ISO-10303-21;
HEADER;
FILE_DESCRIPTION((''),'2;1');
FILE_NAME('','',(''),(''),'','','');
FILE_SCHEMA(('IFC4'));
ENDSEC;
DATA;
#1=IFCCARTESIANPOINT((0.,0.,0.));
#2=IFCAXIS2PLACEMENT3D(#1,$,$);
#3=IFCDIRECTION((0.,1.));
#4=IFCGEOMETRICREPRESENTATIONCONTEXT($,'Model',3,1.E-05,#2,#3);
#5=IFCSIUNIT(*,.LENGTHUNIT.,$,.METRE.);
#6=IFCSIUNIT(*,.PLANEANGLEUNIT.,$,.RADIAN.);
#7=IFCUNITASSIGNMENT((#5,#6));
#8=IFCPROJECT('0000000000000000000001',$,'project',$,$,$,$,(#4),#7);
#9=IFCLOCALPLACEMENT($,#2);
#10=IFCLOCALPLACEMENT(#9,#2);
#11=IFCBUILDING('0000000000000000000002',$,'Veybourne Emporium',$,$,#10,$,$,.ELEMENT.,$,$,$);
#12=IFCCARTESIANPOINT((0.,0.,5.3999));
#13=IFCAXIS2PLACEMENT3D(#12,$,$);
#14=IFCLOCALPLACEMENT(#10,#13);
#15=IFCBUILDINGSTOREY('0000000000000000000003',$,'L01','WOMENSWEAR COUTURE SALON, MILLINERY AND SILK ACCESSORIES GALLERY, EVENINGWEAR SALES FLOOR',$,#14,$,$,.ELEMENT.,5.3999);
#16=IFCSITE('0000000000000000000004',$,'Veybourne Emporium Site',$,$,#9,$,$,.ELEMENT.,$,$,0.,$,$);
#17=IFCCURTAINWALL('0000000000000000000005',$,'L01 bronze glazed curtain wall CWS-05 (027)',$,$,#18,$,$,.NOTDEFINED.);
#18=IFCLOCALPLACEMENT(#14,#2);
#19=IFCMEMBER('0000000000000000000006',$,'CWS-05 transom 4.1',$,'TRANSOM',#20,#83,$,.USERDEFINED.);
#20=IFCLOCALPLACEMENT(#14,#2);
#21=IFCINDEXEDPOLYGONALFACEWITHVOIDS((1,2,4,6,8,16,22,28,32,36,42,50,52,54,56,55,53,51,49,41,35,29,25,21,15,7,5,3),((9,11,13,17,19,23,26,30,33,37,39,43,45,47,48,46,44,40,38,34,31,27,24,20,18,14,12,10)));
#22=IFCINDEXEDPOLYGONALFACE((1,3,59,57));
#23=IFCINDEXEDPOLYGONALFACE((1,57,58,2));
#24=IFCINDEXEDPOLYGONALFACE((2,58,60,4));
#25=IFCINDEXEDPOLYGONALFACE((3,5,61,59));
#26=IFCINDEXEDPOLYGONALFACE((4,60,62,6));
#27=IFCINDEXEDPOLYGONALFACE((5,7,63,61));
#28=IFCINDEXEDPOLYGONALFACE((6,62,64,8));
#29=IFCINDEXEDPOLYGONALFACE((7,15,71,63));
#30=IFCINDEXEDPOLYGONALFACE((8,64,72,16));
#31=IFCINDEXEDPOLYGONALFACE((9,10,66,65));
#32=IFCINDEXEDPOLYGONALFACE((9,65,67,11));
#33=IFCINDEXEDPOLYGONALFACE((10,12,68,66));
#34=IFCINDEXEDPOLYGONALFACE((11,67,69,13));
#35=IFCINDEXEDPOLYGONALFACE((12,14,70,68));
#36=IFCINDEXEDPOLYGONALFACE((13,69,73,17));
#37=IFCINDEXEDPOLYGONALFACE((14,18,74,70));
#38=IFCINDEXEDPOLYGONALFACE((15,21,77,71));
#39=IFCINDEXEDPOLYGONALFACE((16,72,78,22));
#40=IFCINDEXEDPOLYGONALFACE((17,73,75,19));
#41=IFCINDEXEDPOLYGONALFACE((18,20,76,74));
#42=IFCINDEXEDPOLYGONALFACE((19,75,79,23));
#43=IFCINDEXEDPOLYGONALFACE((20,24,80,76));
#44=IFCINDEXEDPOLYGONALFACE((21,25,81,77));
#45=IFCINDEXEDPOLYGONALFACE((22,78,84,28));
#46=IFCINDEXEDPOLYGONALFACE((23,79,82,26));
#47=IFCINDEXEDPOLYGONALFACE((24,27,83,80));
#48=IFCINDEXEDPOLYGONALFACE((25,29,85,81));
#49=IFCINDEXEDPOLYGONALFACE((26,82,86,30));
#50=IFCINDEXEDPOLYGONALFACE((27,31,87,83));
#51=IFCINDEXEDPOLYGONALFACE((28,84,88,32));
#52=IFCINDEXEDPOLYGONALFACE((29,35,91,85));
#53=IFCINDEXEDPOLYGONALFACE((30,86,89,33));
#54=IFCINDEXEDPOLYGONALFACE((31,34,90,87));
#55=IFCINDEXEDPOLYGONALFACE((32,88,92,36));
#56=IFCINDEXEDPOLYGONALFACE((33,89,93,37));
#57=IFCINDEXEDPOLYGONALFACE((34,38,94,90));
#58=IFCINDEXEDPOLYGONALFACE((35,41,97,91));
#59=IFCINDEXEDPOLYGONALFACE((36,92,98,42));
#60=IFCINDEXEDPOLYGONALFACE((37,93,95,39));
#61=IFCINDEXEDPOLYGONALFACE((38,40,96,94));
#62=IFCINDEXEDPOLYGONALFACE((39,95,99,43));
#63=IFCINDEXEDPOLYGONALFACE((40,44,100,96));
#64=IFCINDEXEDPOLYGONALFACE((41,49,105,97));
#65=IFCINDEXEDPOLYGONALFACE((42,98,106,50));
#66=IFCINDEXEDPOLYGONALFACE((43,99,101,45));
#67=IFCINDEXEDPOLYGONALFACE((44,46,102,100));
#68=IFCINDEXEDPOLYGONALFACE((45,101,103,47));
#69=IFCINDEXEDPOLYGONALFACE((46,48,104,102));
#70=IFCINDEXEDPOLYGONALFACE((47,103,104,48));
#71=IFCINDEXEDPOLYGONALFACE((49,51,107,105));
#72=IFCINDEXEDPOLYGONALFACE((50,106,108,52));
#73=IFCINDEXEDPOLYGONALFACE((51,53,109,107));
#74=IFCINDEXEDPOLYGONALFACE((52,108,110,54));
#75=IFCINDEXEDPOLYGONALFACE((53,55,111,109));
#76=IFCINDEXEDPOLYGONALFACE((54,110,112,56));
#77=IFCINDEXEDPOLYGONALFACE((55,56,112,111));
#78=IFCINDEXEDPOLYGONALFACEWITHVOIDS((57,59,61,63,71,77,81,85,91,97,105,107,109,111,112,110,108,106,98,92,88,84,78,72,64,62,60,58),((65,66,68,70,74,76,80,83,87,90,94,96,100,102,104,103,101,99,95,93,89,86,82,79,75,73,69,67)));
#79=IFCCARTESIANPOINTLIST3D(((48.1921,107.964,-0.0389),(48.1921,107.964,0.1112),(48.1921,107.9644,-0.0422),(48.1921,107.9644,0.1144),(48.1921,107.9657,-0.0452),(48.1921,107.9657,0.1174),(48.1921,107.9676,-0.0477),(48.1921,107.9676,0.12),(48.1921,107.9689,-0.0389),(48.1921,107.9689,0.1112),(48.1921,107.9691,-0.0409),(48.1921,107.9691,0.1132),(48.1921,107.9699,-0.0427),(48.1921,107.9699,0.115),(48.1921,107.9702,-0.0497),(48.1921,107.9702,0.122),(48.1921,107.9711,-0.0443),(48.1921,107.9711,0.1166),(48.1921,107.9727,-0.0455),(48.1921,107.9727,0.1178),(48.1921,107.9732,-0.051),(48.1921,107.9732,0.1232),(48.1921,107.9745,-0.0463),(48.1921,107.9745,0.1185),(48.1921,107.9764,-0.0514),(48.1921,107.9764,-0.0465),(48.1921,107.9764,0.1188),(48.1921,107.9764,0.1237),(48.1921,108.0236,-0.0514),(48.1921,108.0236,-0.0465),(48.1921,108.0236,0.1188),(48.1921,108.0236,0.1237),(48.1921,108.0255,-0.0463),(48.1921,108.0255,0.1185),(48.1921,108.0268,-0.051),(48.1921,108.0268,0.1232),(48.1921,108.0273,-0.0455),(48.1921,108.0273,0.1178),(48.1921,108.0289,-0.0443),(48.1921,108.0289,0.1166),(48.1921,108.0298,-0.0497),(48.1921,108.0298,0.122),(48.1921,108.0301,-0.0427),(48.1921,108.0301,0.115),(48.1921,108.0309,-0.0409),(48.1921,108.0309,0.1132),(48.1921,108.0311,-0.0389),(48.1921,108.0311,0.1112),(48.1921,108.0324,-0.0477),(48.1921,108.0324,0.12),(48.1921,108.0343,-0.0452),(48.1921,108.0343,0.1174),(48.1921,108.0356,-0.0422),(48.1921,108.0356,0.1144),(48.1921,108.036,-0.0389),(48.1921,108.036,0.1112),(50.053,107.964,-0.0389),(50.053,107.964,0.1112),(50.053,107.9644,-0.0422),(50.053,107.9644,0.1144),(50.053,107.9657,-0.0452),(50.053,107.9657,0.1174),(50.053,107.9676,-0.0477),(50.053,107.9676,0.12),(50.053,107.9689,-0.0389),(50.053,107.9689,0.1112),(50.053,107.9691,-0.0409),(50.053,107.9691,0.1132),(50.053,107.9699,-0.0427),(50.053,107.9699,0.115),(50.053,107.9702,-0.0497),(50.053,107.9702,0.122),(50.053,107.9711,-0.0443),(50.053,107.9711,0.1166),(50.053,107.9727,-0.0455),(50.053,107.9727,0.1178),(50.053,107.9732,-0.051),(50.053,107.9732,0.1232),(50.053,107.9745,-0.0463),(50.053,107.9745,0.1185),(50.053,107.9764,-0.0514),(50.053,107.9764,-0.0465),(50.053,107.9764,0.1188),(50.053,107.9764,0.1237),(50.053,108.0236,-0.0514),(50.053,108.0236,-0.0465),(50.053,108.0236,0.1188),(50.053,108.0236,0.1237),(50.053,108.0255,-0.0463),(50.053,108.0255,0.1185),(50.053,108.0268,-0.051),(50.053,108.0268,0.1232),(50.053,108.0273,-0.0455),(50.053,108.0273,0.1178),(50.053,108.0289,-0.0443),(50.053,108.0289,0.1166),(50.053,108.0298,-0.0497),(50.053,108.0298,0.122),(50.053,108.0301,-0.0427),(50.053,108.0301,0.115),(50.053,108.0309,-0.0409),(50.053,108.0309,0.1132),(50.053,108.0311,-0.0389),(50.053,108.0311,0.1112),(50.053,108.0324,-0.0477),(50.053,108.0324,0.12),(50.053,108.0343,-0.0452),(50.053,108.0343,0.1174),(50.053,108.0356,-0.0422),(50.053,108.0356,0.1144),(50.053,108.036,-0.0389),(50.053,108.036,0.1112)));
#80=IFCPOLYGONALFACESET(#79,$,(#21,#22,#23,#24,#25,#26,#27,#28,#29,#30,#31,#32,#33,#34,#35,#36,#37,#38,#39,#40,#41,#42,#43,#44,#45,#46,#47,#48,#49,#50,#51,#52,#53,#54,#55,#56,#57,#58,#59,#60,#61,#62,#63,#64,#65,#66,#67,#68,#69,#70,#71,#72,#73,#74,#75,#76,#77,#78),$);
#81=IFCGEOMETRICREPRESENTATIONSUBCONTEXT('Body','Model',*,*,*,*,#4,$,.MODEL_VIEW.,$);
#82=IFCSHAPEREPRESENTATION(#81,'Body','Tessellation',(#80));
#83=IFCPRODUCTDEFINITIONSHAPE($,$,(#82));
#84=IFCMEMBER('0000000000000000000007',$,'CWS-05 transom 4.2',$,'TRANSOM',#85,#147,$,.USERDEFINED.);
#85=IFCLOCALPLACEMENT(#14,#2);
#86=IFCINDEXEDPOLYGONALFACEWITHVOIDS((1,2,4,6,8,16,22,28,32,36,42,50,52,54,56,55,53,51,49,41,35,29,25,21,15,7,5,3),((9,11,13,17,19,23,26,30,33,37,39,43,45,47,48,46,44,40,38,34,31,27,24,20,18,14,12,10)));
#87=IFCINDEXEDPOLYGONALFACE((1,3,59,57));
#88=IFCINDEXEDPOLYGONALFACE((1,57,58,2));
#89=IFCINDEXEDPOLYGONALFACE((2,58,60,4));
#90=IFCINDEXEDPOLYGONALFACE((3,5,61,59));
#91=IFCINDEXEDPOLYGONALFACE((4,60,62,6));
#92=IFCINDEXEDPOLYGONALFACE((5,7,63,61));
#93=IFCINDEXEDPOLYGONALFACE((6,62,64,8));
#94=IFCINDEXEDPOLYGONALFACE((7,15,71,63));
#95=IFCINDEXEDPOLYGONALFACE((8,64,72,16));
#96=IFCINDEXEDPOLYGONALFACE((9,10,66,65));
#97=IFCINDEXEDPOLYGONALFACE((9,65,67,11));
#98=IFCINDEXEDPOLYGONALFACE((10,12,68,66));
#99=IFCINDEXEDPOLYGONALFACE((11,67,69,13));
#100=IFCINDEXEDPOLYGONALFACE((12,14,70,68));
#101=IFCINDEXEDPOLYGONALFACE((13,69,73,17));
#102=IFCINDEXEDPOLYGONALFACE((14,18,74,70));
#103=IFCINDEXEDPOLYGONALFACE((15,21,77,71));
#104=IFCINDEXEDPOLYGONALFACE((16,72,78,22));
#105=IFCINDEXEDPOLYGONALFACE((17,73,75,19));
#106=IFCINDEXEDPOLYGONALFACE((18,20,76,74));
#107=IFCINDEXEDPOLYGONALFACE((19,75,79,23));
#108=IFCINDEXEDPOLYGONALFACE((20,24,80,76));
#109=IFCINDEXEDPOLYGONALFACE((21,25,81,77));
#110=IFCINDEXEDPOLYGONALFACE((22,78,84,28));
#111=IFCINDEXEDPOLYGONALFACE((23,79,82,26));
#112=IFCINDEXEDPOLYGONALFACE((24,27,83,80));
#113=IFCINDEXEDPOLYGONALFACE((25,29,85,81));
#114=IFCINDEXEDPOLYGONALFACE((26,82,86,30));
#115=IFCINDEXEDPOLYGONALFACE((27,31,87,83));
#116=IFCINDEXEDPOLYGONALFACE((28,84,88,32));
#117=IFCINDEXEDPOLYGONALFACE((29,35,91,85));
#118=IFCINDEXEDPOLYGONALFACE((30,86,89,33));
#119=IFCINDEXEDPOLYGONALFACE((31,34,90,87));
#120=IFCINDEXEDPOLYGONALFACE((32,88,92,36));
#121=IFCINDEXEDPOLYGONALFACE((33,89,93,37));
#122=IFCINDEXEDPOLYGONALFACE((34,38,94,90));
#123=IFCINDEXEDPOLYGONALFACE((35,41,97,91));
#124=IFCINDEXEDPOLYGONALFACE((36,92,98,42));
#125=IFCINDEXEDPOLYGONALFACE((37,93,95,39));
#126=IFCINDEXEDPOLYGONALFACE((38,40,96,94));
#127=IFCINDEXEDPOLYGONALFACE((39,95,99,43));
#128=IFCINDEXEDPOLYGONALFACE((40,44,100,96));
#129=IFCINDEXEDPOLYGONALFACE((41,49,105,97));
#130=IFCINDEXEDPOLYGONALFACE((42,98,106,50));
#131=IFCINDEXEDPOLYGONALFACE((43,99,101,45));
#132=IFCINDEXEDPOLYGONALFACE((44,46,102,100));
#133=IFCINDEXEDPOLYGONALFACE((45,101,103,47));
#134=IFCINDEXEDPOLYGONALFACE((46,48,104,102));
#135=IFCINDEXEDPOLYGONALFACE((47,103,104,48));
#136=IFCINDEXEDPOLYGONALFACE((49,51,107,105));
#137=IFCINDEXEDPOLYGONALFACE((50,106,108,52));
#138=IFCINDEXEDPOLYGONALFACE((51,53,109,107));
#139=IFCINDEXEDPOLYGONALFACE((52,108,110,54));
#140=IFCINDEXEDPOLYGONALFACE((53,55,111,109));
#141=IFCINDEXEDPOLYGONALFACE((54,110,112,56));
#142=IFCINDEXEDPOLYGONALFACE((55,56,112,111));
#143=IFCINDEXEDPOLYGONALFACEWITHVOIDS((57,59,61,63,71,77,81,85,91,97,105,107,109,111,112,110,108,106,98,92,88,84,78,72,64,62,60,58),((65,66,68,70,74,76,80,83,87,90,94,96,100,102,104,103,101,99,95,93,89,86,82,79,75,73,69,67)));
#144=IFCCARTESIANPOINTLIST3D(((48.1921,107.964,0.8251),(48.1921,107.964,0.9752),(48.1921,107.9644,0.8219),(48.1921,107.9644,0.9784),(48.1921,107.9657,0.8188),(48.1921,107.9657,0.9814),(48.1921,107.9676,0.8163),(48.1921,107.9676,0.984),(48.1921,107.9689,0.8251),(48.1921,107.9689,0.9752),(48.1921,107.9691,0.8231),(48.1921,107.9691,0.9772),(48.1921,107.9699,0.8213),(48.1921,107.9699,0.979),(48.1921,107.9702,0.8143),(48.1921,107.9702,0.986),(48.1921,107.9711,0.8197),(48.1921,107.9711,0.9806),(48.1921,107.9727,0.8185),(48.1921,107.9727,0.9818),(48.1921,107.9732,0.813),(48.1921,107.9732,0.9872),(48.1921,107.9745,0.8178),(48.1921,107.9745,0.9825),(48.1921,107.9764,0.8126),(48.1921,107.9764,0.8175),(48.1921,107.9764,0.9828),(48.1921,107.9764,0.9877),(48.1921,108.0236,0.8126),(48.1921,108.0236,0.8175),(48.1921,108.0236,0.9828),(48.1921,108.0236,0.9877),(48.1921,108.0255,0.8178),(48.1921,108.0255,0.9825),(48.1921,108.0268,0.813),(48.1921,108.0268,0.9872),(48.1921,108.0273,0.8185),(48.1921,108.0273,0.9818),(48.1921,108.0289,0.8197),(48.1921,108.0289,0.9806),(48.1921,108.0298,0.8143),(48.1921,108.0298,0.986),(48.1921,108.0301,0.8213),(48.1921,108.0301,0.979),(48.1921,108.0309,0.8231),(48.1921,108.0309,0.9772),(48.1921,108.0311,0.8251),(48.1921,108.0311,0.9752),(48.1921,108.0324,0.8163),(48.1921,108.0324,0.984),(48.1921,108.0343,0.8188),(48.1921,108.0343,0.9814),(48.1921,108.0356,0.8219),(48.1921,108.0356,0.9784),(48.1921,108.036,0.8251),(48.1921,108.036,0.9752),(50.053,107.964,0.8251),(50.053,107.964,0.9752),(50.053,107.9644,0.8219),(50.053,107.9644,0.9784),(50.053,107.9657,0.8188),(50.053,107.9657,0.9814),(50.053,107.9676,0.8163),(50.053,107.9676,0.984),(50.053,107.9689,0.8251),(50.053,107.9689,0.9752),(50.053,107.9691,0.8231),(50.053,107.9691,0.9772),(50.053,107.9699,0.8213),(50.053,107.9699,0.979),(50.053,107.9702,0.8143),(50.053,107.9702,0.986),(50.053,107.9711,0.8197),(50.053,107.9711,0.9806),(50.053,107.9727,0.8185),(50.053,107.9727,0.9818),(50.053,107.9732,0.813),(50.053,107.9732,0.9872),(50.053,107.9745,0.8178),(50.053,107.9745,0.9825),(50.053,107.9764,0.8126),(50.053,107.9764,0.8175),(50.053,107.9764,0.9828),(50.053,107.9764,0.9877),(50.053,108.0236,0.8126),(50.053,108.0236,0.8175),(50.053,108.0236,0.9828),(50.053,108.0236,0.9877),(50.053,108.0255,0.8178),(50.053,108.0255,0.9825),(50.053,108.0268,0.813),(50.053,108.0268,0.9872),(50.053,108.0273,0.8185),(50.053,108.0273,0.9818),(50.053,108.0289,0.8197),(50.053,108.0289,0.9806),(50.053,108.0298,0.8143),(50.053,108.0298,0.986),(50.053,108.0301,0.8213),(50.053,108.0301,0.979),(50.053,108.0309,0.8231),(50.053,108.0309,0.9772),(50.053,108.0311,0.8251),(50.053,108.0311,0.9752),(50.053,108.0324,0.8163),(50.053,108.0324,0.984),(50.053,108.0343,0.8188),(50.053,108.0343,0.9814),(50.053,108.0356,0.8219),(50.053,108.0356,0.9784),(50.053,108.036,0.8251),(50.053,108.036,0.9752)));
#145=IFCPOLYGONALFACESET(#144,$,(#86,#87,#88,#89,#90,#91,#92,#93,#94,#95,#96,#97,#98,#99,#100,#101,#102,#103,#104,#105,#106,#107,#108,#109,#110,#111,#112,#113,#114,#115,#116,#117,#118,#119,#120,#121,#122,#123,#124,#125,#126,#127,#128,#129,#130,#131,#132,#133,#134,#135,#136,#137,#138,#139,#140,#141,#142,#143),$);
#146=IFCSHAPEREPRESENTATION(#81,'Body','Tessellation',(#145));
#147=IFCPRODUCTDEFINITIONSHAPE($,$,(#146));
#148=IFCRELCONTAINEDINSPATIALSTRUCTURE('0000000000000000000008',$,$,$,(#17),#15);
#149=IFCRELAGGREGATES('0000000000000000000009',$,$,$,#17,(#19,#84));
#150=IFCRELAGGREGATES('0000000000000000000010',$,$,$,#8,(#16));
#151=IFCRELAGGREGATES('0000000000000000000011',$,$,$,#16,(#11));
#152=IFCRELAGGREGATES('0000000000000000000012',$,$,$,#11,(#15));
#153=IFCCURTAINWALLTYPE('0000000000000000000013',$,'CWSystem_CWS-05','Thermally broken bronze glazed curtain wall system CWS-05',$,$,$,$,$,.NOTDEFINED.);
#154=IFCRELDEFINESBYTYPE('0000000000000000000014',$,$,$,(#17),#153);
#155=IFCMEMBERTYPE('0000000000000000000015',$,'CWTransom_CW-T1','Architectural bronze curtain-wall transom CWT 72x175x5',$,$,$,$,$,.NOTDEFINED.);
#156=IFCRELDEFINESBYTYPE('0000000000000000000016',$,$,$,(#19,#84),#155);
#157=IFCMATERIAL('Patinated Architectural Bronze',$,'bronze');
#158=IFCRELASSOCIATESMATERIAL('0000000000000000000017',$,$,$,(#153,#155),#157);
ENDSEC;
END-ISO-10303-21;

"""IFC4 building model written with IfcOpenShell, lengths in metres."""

from ifc_helpers import new_model, si_unit, direction, frame, origin, origin_2d, place, context, subcontext, project, spatial, hollow_rectangle, extrude, material, material_profile, profile_set, type_object, element, aggregate, save


model = new_model("IFC4")

# Units and contexts
model_context = context("Model", 3, precision=1e-05, world=origin(), true_north=direction((0.0, 1.0)))
body_context = subcontext(model_context, "Body", "Model", "MODEL_VIEW")
ifc_project = project(units=[si_unit("LENGTHUNIT", "METRE"), si_unit("PLANEANGLEUNIT", "RADIAN")], contexts=[model_context])

# Site, building, storey
site_placement = place(None, origin())
site = spatial("IfcSite", under=ifc_project, at=site_placement, Name="Veybourne Emporium Site", CompositionType="ELEMENT", RefElevation=0.0)
building_placement = place(site_placement, origin())
building = spatial("IfcBuilding", under=site, at=building_placement, Name="Veybourne Emporium", CompositionType="ELEMENT")
storey_placement = place(building_placement, frame((0.0, 0.0, 5.3999)))
storey = spatial("IfcBuildingStorey", under=building, at=storey_placement, Name="L01", Description="WOMENSWEAR COUTURE SALON, MILLINERY AND SILK ACCESSORIES GALLERY, EVENINGWEAR SALES FLOOR", CompositionType="ELEMENT", Elevation=5.3999)

# Curtain wall, members
ifc_material_1 = material(Name="Patinated Architectural Bronze", Category="bronze")
curtain_wall_type = type_object("IfcCurtainWallType", Name="CWSystem_CWS-05", Description="Thermally broken bronze glazed curtain wall system CWS-05", PredefinedType="NOTDEFINED", material=ifc_material_1)
curtain_wall_placement = place(storey_placement, origin())
curtain_wall = element("IfcCurtainWall", 1, at=curtain_wall_placement, inside=storey, type_object=curtain_wall_type, Name="L01 bronze glazed curtain wall CWS-05 (027)", PredefinedType="NOTDEFINED")
ifc_material_profile_1 = material_profile(ifc_material_1, hollow_rectangle(XDim=0.072, YDim=0.175, WallThickness=0.0049, InnerFilletRadius=0.0076, OuterFilletRadius=0.0125, at=origin_2d()), Name="CWT 72x175x5")
ifc_profile_set_1 = profile_set([ifc_material_profile_1], Name="Patinated Architectural Bronze")
member_type_1 = type_object("IfcMemberType", Name="CWTransom_CW-T1", Description="Architectural bronze curtain-wall transom CWT 72x175x5", PredefinedType="NOTDEFINED", material=ifc_profile_set_1)
member_1_placement = place(storey_placement, frame((48.1921, 108.0, 0.0361), z_axis=(1.0, 0.0, 0.0), x_axis=(0.0, 1.0, 0.0)))
member_1 = element("IfcMember", 2, at=member_1_placement, type_object=member_type_1, Name="CWS-05 transom 4.1", ObjectType="TRANSOM", PredefinedType="USERDEFINED", context=body_context, shape_type="SweptSolid", body=[
    extrude(hollow_rectangle(XDim=0.072, YDim=0.175, WallThickness=0.0049, InnerFilletRadius=0.0076, OuterFilletRadius=0.0125, at=origin_2d()), origin(), (0.0, 0.0, 1.0), 1.8608),
])
member_2_placement = place(storey_placement, frame((48.1921, 108.0, 0.9001), z_axis=(1.0, 0.0, 0.0), x_axis=(0.0, 1.0, 0.0)))
member_2 = element("IfcMember", 3, at=member_2_placement, type_object=member_type_1, Name="CWS-05 transom 4.2", ObjectType="TRANSOM", PredefinedType="USERDEFINED", context=body_context, shape_type="SweptSolid", body=[
    extrude(hollow_rectangle(XDim=0.072, YDim=0.175, WallThickness=0.0049, InnerFilletRadius=0.0076, OuterFilletRadius=0.0125, at=origin_2d()), origin(), (0.0, 0.0, 1.0), 1.8608),
])
aggregate(curtain_wall, [member_1, member_2])

save(model, "model.ifc")
